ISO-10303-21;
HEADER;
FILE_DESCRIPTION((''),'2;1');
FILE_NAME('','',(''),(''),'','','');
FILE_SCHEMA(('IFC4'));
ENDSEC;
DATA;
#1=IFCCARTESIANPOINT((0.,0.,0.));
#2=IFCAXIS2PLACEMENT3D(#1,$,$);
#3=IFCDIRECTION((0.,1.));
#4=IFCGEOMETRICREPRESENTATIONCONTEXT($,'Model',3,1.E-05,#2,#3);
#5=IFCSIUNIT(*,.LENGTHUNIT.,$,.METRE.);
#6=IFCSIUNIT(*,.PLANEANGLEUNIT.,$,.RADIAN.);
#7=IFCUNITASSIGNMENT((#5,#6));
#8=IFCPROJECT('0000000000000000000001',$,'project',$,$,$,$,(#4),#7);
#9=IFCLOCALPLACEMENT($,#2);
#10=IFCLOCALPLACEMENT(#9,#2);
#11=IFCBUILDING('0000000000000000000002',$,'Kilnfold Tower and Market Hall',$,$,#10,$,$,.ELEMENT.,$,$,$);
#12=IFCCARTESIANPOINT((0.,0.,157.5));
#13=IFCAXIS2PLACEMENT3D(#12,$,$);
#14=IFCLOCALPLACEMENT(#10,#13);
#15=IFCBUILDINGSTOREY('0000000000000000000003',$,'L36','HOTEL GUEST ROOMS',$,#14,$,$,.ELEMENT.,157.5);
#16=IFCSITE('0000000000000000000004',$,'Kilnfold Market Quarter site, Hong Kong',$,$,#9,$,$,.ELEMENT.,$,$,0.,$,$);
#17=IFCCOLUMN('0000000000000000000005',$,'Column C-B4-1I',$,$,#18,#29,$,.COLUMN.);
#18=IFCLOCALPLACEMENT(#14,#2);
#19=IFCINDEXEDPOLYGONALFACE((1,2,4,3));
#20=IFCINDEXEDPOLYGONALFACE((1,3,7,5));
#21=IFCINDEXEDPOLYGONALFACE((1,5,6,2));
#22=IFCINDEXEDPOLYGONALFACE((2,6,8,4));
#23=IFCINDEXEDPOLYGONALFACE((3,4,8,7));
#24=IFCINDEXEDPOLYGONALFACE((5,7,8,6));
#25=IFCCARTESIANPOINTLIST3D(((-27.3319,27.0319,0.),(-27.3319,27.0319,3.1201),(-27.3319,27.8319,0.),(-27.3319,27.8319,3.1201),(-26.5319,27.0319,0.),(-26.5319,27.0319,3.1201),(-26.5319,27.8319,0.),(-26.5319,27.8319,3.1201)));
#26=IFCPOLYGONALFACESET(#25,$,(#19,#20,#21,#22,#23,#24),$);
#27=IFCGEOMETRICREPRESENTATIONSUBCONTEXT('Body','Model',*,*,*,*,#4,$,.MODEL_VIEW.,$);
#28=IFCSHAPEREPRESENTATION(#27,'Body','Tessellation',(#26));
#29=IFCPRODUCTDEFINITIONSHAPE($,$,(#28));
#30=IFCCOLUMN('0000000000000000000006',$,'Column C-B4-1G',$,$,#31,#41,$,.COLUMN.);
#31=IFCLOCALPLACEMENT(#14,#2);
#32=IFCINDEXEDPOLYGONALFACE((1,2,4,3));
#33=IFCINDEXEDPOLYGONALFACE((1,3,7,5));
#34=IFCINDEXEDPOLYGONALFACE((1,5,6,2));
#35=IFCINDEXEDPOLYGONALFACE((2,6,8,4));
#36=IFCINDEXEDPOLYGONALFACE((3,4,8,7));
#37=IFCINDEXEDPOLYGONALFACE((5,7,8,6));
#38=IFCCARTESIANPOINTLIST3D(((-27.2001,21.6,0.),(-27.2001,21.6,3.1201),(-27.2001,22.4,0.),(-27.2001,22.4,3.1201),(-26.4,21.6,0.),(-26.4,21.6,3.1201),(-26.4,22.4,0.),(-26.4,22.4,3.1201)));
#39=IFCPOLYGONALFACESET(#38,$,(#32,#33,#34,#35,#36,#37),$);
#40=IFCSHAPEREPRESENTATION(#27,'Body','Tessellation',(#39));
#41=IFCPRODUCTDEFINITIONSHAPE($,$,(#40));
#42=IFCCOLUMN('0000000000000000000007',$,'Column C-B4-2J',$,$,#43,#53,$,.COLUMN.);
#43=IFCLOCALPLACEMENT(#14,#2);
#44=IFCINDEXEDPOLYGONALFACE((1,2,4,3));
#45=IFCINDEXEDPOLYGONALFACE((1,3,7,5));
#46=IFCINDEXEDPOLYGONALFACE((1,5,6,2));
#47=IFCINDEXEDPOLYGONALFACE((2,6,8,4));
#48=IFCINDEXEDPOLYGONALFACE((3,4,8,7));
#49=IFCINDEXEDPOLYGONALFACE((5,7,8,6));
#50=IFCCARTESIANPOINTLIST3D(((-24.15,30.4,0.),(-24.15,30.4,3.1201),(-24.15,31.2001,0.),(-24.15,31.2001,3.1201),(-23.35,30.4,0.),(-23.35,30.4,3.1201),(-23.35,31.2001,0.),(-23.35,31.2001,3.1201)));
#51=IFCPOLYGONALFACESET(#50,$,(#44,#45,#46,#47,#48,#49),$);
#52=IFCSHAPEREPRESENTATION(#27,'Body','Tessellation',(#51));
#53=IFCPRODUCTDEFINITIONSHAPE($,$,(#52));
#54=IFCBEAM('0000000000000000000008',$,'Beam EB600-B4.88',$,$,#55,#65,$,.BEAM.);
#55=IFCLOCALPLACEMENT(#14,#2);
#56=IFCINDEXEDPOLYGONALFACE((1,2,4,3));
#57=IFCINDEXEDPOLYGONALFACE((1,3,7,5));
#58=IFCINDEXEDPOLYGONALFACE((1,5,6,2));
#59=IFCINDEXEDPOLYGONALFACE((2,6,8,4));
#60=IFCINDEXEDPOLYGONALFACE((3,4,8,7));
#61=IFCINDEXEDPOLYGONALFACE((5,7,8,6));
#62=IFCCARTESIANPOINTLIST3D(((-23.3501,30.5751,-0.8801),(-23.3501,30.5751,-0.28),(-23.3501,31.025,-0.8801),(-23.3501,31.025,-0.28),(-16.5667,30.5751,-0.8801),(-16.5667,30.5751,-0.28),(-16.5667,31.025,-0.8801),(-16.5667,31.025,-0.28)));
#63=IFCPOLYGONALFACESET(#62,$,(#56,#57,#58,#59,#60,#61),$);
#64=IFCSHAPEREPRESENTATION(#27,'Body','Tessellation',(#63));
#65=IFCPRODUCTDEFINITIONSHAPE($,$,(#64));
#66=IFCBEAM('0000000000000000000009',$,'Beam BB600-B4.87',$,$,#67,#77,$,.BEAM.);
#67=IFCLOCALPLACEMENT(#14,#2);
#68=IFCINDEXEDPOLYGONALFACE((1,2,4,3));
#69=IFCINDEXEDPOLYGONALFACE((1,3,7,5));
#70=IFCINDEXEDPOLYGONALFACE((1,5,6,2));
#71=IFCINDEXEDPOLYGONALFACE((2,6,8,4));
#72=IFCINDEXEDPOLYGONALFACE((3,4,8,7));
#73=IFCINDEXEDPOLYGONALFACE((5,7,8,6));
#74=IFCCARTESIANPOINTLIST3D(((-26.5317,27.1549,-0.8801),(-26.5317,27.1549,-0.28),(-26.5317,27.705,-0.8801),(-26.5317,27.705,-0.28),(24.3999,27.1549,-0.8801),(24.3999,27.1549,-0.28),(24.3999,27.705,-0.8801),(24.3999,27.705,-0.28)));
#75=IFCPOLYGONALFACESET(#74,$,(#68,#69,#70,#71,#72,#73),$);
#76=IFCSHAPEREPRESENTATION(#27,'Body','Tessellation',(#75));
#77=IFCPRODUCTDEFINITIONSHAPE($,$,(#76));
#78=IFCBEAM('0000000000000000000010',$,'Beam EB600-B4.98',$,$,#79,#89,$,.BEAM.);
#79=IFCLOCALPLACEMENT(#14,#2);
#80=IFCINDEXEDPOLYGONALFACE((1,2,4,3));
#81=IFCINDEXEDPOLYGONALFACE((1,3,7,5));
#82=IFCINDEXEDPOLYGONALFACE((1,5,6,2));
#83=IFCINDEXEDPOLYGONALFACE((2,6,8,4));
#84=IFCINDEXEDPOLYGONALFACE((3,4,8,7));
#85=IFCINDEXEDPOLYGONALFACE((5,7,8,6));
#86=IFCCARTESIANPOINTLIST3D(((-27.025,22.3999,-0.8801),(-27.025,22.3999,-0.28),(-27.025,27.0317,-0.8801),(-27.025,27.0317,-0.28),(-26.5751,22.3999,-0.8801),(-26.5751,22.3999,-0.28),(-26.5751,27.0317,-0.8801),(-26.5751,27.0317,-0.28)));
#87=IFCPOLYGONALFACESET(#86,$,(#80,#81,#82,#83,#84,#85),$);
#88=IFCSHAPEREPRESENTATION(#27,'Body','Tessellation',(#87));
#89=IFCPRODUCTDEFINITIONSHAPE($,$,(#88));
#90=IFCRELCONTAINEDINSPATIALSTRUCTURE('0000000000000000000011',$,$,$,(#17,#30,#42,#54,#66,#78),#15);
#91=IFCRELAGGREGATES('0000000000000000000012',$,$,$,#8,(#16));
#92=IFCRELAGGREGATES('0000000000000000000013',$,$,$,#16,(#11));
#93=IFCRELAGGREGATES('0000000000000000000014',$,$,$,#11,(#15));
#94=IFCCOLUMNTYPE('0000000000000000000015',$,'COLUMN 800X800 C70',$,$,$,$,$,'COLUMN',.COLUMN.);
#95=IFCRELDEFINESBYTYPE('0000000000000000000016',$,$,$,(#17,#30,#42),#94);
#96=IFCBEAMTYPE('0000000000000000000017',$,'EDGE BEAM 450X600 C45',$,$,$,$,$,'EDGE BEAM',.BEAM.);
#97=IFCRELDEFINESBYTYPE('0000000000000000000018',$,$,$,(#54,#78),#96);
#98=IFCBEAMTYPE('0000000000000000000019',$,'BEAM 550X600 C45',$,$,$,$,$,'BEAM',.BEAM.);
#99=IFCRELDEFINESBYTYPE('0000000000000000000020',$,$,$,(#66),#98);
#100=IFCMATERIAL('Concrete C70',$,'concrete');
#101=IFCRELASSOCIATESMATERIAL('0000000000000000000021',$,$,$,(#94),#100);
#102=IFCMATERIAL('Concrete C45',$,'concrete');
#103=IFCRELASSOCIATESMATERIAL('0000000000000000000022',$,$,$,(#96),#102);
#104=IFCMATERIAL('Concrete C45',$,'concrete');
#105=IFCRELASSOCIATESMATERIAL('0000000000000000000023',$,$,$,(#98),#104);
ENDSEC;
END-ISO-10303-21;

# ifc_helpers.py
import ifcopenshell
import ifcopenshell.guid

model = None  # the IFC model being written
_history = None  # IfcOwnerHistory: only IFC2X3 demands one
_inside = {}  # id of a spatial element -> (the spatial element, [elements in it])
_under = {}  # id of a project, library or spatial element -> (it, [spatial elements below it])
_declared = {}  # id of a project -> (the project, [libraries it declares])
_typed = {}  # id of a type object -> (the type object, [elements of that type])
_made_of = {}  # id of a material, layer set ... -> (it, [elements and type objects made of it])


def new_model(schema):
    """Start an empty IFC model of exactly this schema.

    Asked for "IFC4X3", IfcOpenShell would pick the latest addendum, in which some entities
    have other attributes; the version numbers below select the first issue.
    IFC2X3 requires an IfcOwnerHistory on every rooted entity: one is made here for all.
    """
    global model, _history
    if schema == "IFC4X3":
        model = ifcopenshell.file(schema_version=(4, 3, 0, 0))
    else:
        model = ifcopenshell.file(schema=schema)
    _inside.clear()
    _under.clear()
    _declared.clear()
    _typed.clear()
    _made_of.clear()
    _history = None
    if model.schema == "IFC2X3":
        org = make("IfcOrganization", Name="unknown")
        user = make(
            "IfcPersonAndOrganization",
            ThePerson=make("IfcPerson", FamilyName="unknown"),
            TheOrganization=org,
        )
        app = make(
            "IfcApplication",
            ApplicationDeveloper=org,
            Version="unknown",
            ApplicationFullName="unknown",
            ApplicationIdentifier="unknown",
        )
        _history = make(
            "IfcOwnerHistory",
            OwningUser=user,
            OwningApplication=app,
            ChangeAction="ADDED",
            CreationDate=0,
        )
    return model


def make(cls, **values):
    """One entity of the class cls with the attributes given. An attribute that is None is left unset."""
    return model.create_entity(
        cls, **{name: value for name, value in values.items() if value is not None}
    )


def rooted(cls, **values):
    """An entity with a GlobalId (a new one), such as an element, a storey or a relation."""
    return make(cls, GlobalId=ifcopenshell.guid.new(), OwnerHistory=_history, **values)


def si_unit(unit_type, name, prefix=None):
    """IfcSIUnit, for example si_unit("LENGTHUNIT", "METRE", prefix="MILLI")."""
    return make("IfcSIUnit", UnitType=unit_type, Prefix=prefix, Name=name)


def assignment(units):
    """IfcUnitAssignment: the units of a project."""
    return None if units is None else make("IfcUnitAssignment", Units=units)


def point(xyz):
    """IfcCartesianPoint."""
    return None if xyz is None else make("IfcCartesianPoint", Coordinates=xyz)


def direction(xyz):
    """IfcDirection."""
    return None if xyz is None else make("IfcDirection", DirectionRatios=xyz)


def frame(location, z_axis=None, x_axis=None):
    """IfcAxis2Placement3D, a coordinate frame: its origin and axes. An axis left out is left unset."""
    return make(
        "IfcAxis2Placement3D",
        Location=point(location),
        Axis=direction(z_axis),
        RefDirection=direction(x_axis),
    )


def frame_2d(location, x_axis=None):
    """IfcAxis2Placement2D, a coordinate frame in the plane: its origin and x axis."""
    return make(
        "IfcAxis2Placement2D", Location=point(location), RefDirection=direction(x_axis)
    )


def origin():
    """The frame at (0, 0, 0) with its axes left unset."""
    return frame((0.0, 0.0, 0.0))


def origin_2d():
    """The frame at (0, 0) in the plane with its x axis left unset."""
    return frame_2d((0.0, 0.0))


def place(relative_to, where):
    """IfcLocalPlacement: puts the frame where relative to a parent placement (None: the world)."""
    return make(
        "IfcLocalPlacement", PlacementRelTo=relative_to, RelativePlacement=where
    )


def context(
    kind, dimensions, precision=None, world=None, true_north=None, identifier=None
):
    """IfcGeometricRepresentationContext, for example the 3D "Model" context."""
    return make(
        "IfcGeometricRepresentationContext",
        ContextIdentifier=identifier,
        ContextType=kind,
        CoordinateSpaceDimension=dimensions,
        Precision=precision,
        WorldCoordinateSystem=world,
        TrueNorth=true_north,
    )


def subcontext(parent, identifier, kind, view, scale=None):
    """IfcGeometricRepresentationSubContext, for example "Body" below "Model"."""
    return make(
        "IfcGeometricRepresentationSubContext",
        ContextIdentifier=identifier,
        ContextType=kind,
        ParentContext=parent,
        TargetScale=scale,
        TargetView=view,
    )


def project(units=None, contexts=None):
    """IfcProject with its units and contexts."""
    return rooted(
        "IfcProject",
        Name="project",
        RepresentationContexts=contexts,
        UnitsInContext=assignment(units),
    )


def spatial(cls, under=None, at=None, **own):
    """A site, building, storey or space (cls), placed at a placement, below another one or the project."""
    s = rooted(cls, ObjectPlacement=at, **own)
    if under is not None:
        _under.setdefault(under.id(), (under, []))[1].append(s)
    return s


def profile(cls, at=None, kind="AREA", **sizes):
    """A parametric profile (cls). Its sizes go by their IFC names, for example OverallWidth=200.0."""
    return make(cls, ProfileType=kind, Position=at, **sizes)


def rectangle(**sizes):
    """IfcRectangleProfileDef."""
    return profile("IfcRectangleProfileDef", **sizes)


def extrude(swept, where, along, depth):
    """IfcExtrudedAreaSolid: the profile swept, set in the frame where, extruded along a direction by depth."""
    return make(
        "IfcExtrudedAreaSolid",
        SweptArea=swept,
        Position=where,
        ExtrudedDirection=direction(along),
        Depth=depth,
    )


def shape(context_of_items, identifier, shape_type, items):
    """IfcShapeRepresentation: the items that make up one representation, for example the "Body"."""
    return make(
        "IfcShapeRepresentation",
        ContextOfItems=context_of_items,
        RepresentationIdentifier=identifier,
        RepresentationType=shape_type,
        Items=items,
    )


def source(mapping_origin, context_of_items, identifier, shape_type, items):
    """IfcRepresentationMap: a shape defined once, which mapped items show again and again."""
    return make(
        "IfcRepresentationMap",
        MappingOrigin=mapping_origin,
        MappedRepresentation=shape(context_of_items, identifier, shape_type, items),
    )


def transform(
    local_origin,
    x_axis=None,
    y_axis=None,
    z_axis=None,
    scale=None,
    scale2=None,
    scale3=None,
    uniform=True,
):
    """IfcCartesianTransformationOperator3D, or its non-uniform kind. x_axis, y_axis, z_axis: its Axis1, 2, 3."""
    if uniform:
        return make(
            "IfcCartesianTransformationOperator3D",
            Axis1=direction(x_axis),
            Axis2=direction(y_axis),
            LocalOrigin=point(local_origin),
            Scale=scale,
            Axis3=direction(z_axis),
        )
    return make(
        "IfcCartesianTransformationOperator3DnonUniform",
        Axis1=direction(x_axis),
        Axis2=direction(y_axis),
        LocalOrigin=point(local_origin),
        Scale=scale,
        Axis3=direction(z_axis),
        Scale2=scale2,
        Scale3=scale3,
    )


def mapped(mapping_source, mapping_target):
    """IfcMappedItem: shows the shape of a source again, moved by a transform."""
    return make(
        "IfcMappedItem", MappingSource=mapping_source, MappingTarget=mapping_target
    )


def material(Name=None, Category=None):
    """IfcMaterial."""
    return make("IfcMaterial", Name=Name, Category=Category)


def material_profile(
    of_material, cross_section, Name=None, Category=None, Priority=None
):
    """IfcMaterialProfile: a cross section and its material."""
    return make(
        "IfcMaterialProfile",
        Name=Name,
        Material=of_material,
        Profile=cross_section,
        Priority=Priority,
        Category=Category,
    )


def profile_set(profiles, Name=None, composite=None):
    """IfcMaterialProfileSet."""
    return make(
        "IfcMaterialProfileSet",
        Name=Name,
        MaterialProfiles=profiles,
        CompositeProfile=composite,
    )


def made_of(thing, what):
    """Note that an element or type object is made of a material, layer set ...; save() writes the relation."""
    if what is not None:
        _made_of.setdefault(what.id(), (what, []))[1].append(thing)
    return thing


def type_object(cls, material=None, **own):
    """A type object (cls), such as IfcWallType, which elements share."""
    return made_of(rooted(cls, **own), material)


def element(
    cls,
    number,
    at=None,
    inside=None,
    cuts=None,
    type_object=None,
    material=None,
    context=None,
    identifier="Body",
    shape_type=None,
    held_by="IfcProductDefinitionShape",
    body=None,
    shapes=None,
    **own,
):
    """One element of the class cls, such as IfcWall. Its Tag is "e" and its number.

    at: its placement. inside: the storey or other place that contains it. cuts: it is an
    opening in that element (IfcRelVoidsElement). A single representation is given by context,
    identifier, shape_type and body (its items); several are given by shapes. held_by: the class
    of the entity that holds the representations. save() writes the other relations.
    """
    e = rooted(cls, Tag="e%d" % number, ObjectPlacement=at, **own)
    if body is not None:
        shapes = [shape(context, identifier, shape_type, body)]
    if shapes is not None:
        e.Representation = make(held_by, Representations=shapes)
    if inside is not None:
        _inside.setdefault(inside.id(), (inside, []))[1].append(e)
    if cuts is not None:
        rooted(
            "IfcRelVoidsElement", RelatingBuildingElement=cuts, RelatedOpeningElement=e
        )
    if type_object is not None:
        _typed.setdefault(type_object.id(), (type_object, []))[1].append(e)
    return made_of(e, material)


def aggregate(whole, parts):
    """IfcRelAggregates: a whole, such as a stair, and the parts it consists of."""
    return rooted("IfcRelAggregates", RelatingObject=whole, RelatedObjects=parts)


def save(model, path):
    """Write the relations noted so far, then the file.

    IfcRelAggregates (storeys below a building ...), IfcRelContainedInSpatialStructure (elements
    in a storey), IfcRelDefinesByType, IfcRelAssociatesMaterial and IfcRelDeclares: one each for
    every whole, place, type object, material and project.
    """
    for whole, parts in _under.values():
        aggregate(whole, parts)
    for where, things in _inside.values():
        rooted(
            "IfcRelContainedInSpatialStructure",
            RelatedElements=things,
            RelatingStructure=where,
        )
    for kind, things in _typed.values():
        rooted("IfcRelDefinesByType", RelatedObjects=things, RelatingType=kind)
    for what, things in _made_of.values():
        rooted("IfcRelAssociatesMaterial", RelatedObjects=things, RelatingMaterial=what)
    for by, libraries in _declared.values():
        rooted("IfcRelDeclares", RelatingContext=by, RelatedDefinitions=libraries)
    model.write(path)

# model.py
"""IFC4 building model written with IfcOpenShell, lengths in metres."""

from ifc_helpers import new_model, si_unit, direction, frame, origin, origin_2d, place, context, subcontext, project, spatial, rectangle, extrude, source, transform, mapped, material, material_profile, profile_set, type_object, element, save


model = new_model("IFC4")

# Units and contexts
model_context = context("Model", 3, precision=1e-05, world=origin(), true_north=direction((0.0, 1.0)))
body_context = subcontext(model_context, "Body", "Model", "MODEL_VIEW")
ifc_project = project(units=[si_unit("LENGTHUNIT", "METRE"), si_unit("PLANEANGLEUNIT", "RADIAN")], contexts=[model_context])

# Site, building, storey
site_placement = place(None, origin())
site = spatial("IfcSite", under=ifc_project, at=site_placement, Name="Kilnfold Market Quarter site, Hong Kong", CompositionType="ELEMENT", RefElevation=0.0)
building_placement = place(site_placement, origin())
building = spatial("IfcBuilding", under=site, at=building_placement, Name="Kilnfold Tower and Market Hall", CompositionType="ELEMENT")
storey_placement = place(building_placement, frame((0.0, 0.0, 157.5)))
storey = spatial("IfcBuildingStorey", under=building, at=storey_placement, Name="L36", Description="HOTEL GUEST ROOMS", CompositionType="ELEMENT", Elevation=157.5)

# Columns
ifc_material_1 = material(Name="Concrete C70", Category="concrete")
ifc_material_profile_1 = material_profile(ifc_material_1, rectangle(XDim=0.8, YDim=0.8, at=origin_2d()), Name="RC 800x800")
ifc_profile_set_1 = profile_set([ifc_material_profile_1], Name="Concrete C70")
column_type = type_object("IfcColumnType", Name="COLUMN 800X800 C70", ElementType="COLUMN", PredefinedType="COLUMN", material=ifc_profile_set_1)
shared_shape_1 = source(origin(), body_context, "Body", "SweptSolid", [
    extrude(rectangle(XDim=0.8, YDim=0.8, at=origin_2d()), origin(), (0.0, 0.0, 1.0), 3.1201),
])
for number, where, z_axis, x_axis, name in (
    (1, (-26.9319, 27.4319, 0.0), (0.0, 0.0, 1.0), (1.0, 0.0, 0.0), "Column C-B4-1I"),
    (2, (-26.8, 22.0, 0.0), (0.0, 0.0, 1.0), (1.0, 0.0, 0.0), "Column C-B4-1G"),
    (3, (-23.75, 30.8, 0.0), (0.0, 0.0, 1.0), (1.0, 0.0, 0.0), "Column C-B4-2J"),
):
    element("IfcColumn", number, at=place(storey_placement, frame(where, z_axis=z_axis, x_axis=x_axis)), inside=storey, type_object=column_type, Name=name, PredefinedType="COLUMN", context=body_context, shape_type="MappedRepresentation", body=[
        mapped(shared_shape_1, transform((0.0, 0.0, 0.0))),
    ])

# Beams
ifc_material_2 = material(Name="Concrete C45", Category="concrete")
ifc_material_profile_2 = material_profile(ifc_material_2, rectangle(XDim=0.45, YDim=0.6001, at=origin_2d()), Name="RC 450x600")
ifc_profile_set_2 = profile_set([ifc_material_profile_2], Name="Concrete C45")
beam_type_1 = type_object("IfcBeamType", Name="EDGE BEAM 450X600 C45", ElementType="EDGE BEAM", PredefinedType="BEAM", material=ifc_profile_set_2)
shared_shape_2 = source(origin(), body_context, "Body", "SweptSolid", [
    extrude(rectangle(XDim=0.45, YDim=0.6001, at=origin_2d()), origin(), (0.0, 0.0, 1.0), 6.7834),
])
beam_1_placement = place(storey_placement, frame((-23.3501, 30.8, -0.5801), z_axis=(1.0, 0.0, 0.0), x_axis=(0.0, 1.0, 0.0)))
element("IfcBeam", 4, at=beam_1_placement, inside=storey, type_object=beam_type_1, Name="Beam EB600-B4.88", PredefinedType="BEAM", context=body_context, shape_type="MappedRepresentation", body=[
    mapped(shared_shape_2, transform((0.0, 0.0, 0.0))),
])
ifc_material_3 = material(Name="Concrete C45", Category="concrete")
ifc_material_profile_3 = material_profile(ifc_material_3, rectangle(XDim=0.55, YDim=0.6001, at=origin_2d()), Name="RC 550x600")
ifc_profile_set_3 = profile_set([ifc_material_profile_3], Name="Concrete C45")
beam_type_2 = type_object("IfcBeamType", Name="BEAM 550X600 C45", ElementType="BEAM", PredefinedType="BEAM", material=ifc_profile_set_3)
shared_shape_3 = source(origin(), body_context, "Body", "SweptSolid", [
    extrude(rectangle(XDim=0.55, YDim=0.6001, at=origin_2d()), origin(), (0.0, 0.0, 1.0), 50.9316),
])
beam_2_placement = place(storey_placement, frame((-26.5317, 27.4299, -0.5801), z_axis=(1.0, 0.0, 0.0), x_axis=(0.0, 1.0, 0.0)))
element("IfcBeam", 5, at=beam_2_placement, inside=storey, type_object=beam_type_2, Name="Beam BB600-B4.87", PredefinedType="BEAM", context=body_context, shape_type="MappedRepresentation", body=[
    mapped(shared_shape_3, transform((0.0, 0.0, 0.0))),
])
shared_shape_4 = source(origin(), body_context, "Body", "SweptSolid", [
    extrude(rectangle(XDim=0.45, YDim=0.6001, at=origin_2d()), origin(), (0.0, 0.0, 1.0), 4.6318),
])
beam_3_placement = place(storey_placement, frame((-26.8, 22.3999, -0.5801), z_axis=(0.0, 1.0, 0.0), x_axis=(-1.0, 0.0, 0.0)))
element("IfcBeam", 6, at=beam_3_placement, inside=storey, type_object=beam_type_1, Name="Beam EB600-B4.98", PredefinedType="BEAM", context=body_context, shape_type="MappedRepresentation", body=[
    mapped(shared_shape_4, transform((0.0, 0.0, 0.0))),
])

save(model, "model.ifc")
